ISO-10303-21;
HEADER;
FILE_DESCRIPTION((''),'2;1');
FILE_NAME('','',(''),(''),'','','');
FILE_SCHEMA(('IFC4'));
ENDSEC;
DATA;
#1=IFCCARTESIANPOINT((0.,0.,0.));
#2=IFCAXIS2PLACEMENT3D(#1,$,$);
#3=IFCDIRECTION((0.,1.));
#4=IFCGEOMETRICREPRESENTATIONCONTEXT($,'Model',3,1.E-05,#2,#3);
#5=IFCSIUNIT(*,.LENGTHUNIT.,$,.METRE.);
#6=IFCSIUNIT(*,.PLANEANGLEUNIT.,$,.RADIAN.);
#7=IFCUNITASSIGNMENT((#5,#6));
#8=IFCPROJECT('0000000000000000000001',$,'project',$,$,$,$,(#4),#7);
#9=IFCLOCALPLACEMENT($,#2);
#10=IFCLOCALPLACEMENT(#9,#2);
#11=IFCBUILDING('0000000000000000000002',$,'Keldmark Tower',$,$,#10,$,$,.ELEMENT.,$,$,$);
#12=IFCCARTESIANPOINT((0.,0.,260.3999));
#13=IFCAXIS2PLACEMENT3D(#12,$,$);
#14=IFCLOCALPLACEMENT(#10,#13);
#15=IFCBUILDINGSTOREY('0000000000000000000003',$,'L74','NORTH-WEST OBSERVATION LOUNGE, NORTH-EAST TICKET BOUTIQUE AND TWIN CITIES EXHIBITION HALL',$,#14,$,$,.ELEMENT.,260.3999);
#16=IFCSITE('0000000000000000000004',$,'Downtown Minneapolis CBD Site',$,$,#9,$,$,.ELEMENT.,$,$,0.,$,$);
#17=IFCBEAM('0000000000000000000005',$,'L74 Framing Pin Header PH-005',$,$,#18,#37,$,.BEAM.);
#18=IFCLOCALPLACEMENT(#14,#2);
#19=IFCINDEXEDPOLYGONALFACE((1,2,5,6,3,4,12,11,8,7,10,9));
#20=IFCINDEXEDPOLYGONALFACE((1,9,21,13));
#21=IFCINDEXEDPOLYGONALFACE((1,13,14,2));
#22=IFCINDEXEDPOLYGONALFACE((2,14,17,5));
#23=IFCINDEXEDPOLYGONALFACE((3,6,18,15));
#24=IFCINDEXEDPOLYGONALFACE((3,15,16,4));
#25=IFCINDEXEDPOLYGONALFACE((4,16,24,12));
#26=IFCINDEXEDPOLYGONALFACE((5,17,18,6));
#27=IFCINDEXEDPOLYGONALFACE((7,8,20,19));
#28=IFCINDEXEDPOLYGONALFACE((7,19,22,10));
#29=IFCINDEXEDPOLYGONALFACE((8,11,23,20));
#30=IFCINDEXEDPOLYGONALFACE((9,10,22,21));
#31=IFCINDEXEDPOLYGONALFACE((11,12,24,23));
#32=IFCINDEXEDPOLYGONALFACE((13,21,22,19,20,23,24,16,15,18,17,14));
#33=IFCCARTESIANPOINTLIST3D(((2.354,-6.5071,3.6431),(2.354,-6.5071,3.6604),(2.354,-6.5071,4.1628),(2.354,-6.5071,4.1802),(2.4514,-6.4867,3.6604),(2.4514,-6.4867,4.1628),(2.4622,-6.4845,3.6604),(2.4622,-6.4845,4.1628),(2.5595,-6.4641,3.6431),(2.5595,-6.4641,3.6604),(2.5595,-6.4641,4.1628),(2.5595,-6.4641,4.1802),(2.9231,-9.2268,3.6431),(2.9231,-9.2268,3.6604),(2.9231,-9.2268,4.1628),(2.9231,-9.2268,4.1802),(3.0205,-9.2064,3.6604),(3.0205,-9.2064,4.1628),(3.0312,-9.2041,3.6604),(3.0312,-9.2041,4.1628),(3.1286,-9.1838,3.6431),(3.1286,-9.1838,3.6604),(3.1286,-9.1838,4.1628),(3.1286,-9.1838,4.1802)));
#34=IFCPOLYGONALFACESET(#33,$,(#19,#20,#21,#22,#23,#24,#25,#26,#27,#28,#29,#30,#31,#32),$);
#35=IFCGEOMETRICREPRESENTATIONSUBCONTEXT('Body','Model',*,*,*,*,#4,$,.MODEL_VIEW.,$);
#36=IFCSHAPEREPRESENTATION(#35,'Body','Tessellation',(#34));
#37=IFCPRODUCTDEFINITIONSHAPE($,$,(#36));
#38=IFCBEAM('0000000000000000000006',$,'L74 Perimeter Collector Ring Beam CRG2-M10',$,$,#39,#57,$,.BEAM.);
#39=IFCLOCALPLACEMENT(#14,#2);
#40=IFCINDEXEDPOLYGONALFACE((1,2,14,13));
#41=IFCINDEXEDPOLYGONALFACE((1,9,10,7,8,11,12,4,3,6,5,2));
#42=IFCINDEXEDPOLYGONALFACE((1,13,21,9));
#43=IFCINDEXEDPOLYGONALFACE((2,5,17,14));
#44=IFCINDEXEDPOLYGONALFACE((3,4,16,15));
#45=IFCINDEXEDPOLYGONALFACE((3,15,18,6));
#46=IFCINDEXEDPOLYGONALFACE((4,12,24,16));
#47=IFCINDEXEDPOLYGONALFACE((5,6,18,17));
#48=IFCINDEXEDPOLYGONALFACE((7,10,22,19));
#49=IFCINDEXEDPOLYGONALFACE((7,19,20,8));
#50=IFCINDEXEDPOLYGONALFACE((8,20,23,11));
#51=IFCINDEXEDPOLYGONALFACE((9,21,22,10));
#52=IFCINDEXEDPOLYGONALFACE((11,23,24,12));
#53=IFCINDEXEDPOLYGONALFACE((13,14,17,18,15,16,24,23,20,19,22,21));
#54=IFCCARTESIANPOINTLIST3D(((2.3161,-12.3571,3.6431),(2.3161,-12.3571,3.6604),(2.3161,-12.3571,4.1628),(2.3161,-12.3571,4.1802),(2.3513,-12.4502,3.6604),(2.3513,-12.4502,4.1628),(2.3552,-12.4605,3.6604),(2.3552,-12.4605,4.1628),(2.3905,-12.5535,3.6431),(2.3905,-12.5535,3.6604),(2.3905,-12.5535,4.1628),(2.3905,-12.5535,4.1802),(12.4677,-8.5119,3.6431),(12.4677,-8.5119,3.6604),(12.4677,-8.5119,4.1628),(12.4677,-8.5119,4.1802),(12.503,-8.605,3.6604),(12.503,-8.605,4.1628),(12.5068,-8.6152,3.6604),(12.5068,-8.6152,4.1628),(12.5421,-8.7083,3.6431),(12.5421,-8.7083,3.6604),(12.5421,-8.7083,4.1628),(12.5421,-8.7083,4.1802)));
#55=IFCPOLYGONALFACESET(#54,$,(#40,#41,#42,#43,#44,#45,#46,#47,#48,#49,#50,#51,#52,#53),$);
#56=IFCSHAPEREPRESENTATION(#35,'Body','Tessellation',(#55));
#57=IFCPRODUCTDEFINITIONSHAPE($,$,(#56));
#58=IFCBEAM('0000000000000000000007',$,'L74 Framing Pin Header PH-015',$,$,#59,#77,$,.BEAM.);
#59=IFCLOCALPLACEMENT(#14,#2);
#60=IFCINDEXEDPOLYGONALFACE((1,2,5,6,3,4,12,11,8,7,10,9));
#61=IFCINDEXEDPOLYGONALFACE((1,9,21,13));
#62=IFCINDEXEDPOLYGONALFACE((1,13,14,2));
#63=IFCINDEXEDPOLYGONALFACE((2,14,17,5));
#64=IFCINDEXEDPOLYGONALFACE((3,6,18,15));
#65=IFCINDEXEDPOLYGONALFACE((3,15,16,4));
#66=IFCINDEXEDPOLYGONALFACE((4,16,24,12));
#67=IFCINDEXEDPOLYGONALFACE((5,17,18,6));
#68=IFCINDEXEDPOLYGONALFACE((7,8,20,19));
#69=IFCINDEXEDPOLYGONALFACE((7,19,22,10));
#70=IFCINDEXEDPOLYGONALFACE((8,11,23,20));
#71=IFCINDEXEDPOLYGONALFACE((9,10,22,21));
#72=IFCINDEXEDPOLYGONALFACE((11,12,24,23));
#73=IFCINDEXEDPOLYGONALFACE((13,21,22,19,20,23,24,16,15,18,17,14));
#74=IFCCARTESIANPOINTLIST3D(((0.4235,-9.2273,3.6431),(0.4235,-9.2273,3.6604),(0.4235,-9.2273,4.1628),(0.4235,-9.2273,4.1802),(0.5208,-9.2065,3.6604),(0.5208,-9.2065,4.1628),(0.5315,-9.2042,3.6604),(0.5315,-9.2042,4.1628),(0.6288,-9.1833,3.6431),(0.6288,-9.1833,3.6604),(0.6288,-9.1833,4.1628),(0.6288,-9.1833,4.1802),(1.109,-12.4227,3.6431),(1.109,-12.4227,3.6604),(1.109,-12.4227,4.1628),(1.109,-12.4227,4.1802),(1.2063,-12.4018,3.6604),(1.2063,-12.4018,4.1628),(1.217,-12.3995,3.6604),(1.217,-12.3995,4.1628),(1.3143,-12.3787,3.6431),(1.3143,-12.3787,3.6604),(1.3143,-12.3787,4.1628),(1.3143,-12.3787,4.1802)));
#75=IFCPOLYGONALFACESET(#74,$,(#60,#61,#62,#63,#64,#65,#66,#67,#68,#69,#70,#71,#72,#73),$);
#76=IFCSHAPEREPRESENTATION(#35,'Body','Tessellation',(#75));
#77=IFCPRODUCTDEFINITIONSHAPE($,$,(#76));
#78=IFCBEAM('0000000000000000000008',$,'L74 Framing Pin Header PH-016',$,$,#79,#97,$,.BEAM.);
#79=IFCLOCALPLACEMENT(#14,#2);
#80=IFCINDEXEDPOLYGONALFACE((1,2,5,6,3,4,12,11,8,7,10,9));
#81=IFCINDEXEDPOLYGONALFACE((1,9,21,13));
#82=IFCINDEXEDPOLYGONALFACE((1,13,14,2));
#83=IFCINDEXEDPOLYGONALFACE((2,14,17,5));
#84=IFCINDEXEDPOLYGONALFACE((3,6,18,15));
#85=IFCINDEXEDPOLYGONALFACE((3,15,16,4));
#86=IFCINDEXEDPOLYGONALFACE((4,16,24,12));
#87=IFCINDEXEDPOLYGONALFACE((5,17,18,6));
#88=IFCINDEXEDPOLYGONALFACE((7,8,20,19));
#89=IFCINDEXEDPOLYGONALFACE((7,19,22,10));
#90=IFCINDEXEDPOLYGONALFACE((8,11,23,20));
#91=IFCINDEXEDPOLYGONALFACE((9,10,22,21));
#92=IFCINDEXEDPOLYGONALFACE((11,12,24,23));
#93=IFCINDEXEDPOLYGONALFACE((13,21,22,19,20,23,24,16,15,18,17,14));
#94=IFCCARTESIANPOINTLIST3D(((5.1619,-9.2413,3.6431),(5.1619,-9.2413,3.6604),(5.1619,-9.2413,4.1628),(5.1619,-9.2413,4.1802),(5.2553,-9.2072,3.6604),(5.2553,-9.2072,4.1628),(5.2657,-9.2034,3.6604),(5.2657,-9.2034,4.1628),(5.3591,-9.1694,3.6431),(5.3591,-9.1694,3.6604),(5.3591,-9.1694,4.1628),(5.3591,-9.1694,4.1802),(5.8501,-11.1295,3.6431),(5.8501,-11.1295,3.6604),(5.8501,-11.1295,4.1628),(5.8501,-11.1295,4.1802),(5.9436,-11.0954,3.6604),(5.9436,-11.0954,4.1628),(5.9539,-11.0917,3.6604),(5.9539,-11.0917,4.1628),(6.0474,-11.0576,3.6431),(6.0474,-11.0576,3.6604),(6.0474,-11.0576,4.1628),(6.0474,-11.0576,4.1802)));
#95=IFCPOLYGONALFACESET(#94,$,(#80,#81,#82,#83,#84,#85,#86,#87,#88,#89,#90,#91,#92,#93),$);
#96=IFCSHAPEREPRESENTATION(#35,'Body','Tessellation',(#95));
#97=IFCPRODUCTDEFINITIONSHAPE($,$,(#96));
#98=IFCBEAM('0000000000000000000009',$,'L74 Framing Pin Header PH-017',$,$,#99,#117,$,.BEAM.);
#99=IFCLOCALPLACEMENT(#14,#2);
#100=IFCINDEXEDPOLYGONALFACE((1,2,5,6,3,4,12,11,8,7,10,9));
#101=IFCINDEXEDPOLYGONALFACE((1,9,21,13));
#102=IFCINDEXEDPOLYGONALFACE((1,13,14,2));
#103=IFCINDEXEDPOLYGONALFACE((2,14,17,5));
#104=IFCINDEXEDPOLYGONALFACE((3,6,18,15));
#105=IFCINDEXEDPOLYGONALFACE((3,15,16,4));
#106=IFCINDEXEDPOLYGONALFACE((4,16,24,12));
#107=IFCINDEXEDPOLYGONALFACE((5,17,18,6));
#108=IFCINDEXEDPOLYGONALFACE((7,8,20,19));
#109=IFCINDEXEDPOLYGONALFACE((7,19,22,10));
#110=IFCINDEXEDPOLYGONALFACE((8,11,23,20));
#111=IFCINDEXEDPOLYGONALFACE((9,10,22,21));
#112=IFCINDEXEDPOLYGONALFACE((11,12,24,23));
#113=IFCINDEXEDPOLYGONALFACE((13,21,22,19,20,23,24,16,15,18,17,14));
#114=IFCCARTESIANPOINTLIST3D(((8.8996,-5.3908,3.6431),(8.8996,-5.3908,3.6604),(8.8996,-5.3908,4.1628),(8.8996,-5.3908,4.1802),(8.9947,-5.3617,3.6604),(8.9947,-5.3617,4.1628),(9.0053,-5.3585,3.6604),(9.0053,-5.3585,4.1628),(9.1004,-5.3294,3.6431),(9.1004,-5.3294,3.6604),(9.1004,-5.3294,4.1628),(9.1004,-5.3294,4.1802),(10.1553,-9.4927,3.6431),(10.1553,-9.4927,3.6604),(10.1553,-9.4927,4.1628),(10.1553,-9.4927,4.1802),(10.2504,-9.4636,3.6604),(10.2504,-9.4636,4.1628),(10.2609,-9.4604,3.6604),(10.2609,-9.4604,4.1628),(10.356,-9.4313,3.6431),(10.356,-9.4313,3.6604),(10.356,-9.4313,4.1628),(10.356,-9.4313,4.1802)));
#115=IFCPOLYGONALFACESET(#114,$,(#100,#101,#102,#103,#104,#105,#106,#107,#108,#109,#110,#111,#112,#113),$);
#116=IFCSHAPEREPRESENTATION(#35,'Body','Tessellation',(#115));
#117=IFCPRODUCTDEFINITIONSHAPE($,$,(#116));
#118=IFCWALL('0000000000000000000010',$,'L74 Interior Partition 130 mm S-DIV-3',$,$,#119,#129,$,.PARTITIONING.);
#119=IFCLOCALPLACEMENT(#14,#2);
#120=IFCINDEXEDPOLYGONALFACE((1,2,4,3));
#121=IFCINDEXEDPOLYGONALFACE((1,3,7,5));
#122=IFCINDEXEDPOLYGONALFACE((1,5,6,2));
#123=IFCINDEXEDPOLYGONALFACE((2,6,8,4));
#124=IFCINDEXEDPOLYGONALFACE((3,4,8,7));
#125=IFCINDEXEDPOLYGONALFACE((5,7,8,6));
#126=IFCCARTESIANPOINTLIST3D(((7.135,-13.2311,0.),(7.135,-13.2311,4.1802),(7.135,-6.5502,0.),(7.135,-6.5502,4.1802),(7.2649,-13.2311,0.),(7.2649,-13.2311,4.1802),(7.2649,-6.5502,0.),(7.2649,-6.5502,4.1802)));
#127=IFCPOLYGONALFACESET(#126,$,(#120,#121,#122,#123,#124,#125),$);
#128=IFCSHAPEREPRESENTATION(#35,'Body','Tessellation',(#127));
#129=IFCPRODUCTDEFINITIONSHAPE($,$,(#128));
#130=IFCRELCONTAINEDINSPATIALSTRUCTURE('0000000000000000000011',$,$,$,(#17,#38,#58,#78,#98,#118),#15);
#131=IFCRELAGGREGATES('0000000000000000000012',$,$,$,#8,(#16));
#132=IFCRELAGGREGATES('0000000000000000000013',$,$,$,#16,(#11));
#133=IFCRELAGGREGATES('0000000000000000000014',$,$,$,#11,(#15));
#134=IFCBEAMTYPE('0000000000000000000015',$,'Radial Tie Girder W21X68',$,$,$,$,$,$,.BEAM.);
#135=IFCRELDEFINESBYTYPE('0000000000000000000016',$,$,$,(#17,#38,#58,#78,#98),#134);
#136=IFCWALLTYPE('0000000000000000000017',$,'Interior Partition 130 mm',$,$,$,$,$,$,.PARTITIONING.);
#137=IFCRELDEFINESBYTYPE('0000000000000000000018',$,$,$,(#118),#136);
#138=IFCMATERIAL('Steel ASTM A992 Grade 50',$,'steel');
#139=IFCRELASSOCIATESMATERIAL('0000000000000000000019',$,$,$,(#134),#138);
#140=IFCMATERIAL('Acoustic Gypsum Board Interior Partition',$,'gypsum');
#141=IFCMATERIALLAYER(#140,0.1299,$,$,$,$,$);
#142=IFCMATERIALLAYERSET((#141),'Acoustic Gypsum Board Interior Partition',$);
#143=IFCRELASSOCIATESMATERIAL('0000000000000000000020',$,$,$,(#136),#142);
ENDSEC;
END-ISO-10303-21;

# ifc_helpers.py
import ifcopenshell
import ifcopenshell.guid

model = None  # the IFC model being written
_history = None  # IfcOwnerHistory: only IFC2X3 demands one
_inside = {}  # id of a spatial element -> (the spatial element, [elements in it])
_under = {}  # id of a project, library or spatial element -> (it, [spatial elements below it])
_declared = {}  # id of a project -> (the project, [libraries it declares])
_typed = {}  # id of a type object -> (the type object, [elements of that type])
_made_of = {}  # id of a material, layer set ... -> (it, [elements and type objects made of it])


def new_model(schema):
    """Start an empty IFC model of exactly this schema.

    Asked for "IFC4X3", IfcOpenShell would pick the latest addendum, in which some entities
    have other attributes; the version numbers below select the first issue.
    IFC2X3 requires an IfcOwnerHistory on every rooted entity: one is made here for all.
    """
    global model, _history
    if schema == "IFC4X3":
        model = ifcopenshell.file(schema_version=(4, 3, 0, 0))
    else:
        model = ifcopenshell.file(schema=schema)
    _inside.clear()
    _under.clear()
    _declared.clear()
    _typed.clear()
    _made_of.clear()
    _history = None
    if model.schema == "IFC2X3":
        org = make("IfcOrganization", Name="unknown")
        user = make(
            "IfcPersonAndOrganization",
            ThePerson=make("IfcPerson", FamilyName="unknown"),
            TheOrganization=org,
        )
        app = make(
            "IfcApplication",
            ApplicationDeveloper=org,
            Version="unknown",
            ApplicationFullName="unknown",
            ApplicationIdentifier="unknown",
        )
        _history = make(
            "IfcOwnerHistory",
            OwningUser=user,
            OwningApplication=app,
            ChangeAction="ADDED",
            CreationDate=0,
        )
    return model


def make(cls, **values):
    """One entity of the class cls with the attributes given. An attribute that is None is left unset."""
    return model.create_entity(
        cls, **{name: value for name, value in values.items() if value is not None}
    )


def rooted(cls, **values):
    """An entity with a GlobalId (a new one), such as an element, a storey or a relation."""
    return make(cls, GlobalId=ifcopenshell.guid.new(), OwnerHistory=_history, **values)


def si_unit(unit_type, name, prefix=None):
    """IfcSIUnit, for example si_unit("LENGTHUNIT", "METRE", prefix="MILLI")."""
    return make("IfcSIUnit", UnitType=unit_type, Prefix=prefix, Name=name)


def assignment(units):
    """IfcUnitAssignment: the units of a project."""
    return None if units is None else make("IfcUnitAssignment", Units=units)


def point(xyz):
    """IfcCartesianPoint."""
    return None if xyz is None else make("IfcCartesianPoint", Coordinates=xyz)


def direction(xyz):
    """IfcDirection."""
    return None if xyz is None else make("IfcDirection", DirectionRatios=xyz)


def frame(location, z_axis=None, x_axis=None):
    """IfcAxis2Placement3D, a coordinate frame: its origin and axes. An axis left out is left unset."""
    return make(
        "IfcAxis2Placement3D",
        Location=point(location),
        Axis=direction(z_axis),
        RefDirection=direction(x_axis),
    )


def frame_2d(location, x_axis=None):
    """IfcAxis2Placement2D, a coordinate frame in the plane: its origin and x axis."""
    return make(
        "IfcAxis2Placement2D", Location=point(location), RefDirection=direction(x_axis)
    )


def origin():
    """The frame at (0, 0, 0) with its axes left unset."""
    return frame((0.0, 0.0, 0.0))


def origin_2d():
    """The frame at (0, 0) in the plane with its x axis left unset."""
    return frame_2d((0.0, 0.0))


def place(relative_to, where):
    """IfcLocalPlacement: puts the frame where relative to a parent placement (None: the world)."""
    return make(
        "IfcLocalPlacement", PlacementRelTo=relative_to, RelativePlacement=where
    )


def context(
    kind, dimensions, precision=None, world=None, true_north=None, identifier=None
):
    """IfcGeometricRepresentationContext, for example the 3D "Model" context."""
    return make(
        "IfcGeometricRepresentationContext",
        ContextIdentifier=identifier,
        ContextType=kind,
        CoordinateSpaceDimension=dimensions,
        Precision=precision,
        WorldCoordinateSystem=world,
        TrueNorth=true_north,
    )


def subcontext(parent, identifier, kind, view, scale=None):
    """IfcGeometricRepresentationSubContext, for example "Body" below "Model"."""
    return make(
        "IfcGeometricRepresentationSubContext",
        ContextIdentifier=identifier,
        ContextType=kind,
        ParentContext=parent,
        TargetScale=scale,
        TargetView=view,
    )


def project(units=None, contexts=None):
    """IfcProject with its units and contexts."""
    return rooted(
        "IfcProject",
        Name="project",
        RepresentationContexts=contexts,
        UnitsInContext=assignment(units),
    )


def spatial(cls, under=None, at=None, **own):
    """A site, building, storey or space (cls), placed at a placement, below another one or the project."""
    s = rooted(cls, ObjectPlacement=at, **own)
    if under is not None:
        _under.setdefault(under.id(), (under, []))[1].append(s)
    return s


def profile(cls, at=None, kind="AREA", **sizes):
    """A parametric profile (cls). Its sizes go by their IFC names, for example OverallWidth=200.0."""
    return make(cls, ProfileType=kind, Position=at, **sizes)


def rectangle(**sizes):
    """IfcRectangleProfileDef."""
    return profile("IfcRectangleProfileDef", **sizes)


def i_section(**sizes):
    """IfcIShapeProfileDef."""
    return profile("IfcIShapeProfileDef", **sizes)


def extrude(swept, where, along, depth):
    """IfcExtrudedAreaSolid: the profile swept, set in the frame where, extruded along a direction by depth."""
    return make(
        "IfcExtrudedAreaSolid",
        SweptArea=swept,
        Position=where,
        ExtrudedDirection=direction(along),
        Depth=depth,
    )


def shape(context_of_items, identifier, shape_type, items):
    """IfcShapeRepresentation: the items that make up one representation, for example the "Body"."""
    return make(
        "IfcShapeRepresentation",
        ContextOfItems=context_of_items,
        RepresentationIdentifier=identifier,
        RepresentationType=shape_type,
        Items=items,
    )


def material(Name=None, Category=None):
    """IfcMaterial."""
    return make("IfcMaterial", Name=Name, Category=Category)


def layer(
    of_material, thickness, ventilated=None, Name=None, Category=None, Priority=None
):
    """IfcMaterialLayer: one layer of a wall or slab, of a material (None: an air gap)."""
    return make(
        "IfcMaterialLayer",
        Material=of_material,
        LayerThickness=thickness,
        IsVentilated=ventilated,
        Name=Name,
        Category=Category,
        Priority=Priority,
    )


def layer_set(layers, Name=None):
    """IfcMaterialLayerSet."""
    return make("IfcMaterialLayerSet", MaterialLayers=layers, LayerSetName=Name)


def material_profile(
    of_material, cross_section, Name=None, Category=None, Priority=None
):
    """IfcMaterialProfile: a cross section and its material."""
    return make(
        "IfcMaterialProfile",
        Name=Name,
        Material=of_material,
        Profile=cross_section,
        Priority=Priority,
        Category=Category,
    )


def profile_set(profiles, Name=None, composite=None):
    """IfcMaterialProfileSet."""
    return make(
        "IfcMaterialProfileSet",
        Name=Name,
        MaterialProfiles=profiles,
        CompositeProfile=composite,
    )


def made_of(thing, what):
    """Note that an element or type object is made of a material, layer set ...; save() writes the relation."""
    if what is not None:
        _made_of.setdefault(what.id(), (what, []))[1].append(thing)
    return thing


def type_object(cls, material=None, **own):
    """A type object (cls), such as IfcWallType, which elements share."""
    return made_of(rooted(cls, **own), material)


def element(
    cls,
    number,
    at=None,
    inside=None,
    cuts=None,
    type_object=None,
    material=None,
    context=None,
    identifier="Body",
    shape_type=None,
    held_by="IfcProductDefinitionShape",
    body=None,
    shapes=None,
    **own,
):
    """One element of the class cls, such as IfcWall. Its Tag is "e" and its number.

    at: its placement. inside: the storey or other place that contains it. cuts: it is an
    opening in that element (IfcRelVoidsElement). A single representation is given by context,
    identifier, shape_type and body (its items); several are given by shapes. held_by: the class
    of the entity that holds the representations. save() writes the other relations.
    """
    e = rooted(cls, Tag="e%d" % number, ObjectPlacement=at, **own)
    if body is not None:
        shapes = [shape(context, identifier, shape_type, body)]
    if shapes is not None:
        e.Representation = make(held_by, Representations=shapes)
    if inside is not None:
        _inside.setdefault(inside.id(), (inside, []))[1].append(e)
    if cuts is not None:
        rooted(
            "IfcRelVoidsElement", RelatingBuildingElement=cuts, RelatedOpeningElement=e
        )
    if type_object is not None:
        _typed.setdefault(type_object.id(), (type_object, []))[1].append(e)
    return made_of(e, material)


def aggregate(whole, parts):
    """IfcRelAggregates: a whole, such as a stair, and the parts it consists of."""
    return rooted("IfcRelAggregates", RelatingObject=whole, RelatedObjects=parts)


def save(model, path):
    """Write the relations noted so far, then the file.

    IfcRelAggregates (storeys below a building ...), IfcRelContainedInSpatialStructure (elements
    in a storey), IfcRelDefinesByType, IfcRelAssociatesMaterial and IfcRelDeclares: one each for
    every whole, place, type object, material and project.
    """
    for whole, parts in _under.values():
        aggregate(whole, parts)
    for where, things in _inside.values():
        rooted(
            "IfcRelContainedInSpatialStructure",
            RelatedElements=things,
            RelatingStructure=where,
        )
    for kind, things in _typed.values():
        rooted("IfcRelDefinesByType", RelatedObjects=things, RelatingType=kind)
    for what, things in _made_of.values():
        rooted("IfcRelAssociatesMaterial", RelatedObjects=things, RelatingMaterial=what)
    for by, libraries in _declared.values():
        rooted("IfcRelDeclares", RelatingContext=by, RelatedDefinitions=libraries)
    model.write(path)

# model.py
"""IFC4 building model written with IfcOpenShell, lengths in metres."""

from ifc_helpers import new_model, si_unit, direction, frame, frame_2d, origin, origin_2d, place, context, subcontext, project, spatial, rectangle, i_section, extrude, material, layer, layer_set, material_profile, profile_set, type_object, element, save


model = new_model("IFC4")

# Units and contexts
model_context = context("Model", 3, precision=1e-05, world=origin(), true_north=direction((0.0, 1.0)))
body_context = subcontext(model_context, "Body", "Model", "MODEL_VIEW")
ifc_project = project(units=[si_unit("LENGTHUNIT", "METRE"), si_unit("PLANEANGLEUNIT", "RADIAN")], contexts=[model_context])

# Site, building, storey
site_placement = place(None, origin())
site = spatial("IfcSite", under=ifc_project, at=site_placement, Name="Downtown Minneapolis CBD Site", CompositionType="ELEMENT", RefElevation=0.0)
building_placement = place(site_placement, origin())
building = spatial("IfcBuilding", under=site, at=building_placement, Name="Keldmark Tower", CompositionType="ELEMENT")
storey_placement = place(building_placement, frame((0.0, 0.0, 260.3999)))
storey = spatial("IfcBuildingStorey", under=building, at=storey_placement, Name="L74", Description="NORTH-WEST OBSERVATION LOUNGE, NORTH-EAST TICKET BOUTIQUE AND TWIN CITIES EXHIBITION HALL", CompositionType="ELEMENT", Elevation=260.3999)

# Beams
ifc_material_1 = material(Name="Steel ASTM A992 Grade 50", Category="steel")
ifc_material_profile_1 = material_profile(ifc_material_1, i_section(OverallWidth=0.21, OverallDepth=0.5371, WebThickness=0.011, FlangeThickness=0.0173, at=origin_2d()), Name="W21X68")
ifc_profile_set_1 = profile_set([ifc_material_profile_1], Name="Steel ASTM A992 Grade 50")
beam_type_1 = type_object("IfcBeamType", Name="Radial Tie Girder W21X68", PredefinedType="BEAM", material=ifc_profile_set_1)
beam_1_placement = place(storey_placement, frame((2.4568, -6.4856, 3.9116), z_axis=(0.20481, -0.978802, 0.0), x_axis=(0.978802, 0.20481, 0.0)))
element("IfcBeam", 1, at=beam_1_placement, inside=storey, type_object=beam_type_1, Name="L74 Framing Pin Header PH-005", PredefinedType="BEAM", context=body_context, shape_type="SweptSolid", body=[
    extrude(i_section(OverallWidth=0.21, OverallDepth=0.5371, WebThickness=0.011, FlangeThickness=0.0173, at=origin_2d()), origin(), (0.0, 0.0, 1.0), 2.7786),
])
beam_2_placement = place(storey_placement, frame((2.3533, -12.4553, 3.9116), z_axis=(0.935162, 0.35422, 0.0), x_axis=(-0.35422, 0.935162, 0.0)))
element("IfcBeam", 2, at=beam_2_placement, inside=storey, type_object=beam_type_1, Name="L74 Perimeter Collector Ring Beam CRG2-M10", PredefinedType="BEAM", context=body_context, shape_type="SweptSolid", body=[
    extrude(i_section(OverallWidth=0.21, OverallDepth=0.5371, WebThickness=0.011, FlangeThickness=0.0173, at=origin_2d()), origin(), (0.0, 0.0, 1.0), 10.8555),
])
beam_3_placement = place(storey_placement, frame((0.5261, -9.2053, 3.9116), z_axis=(0.209774, -0.97775, 0.0), x_axis=(0.97775, 0.209774, 0.0)))
element("IfcBeam", 3, at=beam_3_placement, inside=storey, type_object=beam_type_1, Name="L74 Framing Pin Header PH-015", PredefinedType="BEAM", context=body_context, shape_type="SweptSolid", body=[
    extrude(i_section(OverallWidth=0.21, OverallDepth=0.5371, WebThickness=0.011, FlangeThickness=0.0173, at=origin_2d()), origin(), (0.0, 0.0, 1.0), 3.2681),
])
beam_4_placement = place(storey_placement, frame((5.2605, -9.2053, 3.9116), z_axis=(0.342455, -0.939534, 0.0), x_axis=(0.939534, 0.342455, 0.0)))
element("IfcBeam", 4, at=beam_4_placement, inside=storey, type_object=beam_type_1, Name="L74 Framing Pin Header PH-016", PredefinedType="BEAM", context=body_context, shape_type="SweptSolid", body=[
    extrude(i_section(OverallWidth=0.21, OverallDepth=0.5371, WebThickness=0.011, FlangeThickness=0.0173, at=origin_2d()), origin(), (0.0, 0.0, 1.0), 2.0098),
])
beam_5_placement = place(storey_placement, frame((9.0, -5.3601, 3.9116), z_axis=(0.292706, -0.956203, 0.0), x_axis=(0.956203, 0.292706, 0.0)))
element("IfcBeam", 5, at=beam_5_placement, inside=storey, type_object=beam_type_1, Name="L74 Framing Pin Header PH-017", PredefinedType="BEAM", context=body_context, shape_type="SweptSolid", body=[
    extrude(i_section(OverallWidth=0.21, OverallDepth=0.5371, WebThickness=0.011, FlangeThickness=0.0173, at=origin_2d()), origin(), (0.0, 0.0, 1.0), 4.2898),
])

# Wall
ifc_material_2 = material(Name="Acoustic Gypsum Board Interior Partition", Category="gypsum")
ifc_layer_1 = layer(ifc_material_2, 0.1299)
ifc_layer_set_1 = layer_set([ifc_layer_1], Name="Acoustic Gypsum Board Interior Partition")
wall_type = type_object("IfcWallType", Name="Interior Partition 130 mm", PredefinedType="PARTITIONING", material=ifc_layer_set_1)
wall_placement = place(storey_placement, frame((7.2, -13.231, 0.0), z_axis=(0.0, 0.0, 1.0), x_axis=(0.0, 1.0, 0.0)))
element("IfcWall", 6, at=wall_placement, inside=storey, type_object=wall_type, Name="L74 Interior Partition 130 mm S-DIV-3", PredefinedType="PARTITIONING", context=body_context, shape_type="SweptSolid", body=[
    extrude(rectangle(XDim=6.6809, YDim=0.1299, at=frame_2d((3.3403, 0.0))), origin(), (0.0, 0.0, 1.0), 4.1802),
])

save(model, "model.ifc")
